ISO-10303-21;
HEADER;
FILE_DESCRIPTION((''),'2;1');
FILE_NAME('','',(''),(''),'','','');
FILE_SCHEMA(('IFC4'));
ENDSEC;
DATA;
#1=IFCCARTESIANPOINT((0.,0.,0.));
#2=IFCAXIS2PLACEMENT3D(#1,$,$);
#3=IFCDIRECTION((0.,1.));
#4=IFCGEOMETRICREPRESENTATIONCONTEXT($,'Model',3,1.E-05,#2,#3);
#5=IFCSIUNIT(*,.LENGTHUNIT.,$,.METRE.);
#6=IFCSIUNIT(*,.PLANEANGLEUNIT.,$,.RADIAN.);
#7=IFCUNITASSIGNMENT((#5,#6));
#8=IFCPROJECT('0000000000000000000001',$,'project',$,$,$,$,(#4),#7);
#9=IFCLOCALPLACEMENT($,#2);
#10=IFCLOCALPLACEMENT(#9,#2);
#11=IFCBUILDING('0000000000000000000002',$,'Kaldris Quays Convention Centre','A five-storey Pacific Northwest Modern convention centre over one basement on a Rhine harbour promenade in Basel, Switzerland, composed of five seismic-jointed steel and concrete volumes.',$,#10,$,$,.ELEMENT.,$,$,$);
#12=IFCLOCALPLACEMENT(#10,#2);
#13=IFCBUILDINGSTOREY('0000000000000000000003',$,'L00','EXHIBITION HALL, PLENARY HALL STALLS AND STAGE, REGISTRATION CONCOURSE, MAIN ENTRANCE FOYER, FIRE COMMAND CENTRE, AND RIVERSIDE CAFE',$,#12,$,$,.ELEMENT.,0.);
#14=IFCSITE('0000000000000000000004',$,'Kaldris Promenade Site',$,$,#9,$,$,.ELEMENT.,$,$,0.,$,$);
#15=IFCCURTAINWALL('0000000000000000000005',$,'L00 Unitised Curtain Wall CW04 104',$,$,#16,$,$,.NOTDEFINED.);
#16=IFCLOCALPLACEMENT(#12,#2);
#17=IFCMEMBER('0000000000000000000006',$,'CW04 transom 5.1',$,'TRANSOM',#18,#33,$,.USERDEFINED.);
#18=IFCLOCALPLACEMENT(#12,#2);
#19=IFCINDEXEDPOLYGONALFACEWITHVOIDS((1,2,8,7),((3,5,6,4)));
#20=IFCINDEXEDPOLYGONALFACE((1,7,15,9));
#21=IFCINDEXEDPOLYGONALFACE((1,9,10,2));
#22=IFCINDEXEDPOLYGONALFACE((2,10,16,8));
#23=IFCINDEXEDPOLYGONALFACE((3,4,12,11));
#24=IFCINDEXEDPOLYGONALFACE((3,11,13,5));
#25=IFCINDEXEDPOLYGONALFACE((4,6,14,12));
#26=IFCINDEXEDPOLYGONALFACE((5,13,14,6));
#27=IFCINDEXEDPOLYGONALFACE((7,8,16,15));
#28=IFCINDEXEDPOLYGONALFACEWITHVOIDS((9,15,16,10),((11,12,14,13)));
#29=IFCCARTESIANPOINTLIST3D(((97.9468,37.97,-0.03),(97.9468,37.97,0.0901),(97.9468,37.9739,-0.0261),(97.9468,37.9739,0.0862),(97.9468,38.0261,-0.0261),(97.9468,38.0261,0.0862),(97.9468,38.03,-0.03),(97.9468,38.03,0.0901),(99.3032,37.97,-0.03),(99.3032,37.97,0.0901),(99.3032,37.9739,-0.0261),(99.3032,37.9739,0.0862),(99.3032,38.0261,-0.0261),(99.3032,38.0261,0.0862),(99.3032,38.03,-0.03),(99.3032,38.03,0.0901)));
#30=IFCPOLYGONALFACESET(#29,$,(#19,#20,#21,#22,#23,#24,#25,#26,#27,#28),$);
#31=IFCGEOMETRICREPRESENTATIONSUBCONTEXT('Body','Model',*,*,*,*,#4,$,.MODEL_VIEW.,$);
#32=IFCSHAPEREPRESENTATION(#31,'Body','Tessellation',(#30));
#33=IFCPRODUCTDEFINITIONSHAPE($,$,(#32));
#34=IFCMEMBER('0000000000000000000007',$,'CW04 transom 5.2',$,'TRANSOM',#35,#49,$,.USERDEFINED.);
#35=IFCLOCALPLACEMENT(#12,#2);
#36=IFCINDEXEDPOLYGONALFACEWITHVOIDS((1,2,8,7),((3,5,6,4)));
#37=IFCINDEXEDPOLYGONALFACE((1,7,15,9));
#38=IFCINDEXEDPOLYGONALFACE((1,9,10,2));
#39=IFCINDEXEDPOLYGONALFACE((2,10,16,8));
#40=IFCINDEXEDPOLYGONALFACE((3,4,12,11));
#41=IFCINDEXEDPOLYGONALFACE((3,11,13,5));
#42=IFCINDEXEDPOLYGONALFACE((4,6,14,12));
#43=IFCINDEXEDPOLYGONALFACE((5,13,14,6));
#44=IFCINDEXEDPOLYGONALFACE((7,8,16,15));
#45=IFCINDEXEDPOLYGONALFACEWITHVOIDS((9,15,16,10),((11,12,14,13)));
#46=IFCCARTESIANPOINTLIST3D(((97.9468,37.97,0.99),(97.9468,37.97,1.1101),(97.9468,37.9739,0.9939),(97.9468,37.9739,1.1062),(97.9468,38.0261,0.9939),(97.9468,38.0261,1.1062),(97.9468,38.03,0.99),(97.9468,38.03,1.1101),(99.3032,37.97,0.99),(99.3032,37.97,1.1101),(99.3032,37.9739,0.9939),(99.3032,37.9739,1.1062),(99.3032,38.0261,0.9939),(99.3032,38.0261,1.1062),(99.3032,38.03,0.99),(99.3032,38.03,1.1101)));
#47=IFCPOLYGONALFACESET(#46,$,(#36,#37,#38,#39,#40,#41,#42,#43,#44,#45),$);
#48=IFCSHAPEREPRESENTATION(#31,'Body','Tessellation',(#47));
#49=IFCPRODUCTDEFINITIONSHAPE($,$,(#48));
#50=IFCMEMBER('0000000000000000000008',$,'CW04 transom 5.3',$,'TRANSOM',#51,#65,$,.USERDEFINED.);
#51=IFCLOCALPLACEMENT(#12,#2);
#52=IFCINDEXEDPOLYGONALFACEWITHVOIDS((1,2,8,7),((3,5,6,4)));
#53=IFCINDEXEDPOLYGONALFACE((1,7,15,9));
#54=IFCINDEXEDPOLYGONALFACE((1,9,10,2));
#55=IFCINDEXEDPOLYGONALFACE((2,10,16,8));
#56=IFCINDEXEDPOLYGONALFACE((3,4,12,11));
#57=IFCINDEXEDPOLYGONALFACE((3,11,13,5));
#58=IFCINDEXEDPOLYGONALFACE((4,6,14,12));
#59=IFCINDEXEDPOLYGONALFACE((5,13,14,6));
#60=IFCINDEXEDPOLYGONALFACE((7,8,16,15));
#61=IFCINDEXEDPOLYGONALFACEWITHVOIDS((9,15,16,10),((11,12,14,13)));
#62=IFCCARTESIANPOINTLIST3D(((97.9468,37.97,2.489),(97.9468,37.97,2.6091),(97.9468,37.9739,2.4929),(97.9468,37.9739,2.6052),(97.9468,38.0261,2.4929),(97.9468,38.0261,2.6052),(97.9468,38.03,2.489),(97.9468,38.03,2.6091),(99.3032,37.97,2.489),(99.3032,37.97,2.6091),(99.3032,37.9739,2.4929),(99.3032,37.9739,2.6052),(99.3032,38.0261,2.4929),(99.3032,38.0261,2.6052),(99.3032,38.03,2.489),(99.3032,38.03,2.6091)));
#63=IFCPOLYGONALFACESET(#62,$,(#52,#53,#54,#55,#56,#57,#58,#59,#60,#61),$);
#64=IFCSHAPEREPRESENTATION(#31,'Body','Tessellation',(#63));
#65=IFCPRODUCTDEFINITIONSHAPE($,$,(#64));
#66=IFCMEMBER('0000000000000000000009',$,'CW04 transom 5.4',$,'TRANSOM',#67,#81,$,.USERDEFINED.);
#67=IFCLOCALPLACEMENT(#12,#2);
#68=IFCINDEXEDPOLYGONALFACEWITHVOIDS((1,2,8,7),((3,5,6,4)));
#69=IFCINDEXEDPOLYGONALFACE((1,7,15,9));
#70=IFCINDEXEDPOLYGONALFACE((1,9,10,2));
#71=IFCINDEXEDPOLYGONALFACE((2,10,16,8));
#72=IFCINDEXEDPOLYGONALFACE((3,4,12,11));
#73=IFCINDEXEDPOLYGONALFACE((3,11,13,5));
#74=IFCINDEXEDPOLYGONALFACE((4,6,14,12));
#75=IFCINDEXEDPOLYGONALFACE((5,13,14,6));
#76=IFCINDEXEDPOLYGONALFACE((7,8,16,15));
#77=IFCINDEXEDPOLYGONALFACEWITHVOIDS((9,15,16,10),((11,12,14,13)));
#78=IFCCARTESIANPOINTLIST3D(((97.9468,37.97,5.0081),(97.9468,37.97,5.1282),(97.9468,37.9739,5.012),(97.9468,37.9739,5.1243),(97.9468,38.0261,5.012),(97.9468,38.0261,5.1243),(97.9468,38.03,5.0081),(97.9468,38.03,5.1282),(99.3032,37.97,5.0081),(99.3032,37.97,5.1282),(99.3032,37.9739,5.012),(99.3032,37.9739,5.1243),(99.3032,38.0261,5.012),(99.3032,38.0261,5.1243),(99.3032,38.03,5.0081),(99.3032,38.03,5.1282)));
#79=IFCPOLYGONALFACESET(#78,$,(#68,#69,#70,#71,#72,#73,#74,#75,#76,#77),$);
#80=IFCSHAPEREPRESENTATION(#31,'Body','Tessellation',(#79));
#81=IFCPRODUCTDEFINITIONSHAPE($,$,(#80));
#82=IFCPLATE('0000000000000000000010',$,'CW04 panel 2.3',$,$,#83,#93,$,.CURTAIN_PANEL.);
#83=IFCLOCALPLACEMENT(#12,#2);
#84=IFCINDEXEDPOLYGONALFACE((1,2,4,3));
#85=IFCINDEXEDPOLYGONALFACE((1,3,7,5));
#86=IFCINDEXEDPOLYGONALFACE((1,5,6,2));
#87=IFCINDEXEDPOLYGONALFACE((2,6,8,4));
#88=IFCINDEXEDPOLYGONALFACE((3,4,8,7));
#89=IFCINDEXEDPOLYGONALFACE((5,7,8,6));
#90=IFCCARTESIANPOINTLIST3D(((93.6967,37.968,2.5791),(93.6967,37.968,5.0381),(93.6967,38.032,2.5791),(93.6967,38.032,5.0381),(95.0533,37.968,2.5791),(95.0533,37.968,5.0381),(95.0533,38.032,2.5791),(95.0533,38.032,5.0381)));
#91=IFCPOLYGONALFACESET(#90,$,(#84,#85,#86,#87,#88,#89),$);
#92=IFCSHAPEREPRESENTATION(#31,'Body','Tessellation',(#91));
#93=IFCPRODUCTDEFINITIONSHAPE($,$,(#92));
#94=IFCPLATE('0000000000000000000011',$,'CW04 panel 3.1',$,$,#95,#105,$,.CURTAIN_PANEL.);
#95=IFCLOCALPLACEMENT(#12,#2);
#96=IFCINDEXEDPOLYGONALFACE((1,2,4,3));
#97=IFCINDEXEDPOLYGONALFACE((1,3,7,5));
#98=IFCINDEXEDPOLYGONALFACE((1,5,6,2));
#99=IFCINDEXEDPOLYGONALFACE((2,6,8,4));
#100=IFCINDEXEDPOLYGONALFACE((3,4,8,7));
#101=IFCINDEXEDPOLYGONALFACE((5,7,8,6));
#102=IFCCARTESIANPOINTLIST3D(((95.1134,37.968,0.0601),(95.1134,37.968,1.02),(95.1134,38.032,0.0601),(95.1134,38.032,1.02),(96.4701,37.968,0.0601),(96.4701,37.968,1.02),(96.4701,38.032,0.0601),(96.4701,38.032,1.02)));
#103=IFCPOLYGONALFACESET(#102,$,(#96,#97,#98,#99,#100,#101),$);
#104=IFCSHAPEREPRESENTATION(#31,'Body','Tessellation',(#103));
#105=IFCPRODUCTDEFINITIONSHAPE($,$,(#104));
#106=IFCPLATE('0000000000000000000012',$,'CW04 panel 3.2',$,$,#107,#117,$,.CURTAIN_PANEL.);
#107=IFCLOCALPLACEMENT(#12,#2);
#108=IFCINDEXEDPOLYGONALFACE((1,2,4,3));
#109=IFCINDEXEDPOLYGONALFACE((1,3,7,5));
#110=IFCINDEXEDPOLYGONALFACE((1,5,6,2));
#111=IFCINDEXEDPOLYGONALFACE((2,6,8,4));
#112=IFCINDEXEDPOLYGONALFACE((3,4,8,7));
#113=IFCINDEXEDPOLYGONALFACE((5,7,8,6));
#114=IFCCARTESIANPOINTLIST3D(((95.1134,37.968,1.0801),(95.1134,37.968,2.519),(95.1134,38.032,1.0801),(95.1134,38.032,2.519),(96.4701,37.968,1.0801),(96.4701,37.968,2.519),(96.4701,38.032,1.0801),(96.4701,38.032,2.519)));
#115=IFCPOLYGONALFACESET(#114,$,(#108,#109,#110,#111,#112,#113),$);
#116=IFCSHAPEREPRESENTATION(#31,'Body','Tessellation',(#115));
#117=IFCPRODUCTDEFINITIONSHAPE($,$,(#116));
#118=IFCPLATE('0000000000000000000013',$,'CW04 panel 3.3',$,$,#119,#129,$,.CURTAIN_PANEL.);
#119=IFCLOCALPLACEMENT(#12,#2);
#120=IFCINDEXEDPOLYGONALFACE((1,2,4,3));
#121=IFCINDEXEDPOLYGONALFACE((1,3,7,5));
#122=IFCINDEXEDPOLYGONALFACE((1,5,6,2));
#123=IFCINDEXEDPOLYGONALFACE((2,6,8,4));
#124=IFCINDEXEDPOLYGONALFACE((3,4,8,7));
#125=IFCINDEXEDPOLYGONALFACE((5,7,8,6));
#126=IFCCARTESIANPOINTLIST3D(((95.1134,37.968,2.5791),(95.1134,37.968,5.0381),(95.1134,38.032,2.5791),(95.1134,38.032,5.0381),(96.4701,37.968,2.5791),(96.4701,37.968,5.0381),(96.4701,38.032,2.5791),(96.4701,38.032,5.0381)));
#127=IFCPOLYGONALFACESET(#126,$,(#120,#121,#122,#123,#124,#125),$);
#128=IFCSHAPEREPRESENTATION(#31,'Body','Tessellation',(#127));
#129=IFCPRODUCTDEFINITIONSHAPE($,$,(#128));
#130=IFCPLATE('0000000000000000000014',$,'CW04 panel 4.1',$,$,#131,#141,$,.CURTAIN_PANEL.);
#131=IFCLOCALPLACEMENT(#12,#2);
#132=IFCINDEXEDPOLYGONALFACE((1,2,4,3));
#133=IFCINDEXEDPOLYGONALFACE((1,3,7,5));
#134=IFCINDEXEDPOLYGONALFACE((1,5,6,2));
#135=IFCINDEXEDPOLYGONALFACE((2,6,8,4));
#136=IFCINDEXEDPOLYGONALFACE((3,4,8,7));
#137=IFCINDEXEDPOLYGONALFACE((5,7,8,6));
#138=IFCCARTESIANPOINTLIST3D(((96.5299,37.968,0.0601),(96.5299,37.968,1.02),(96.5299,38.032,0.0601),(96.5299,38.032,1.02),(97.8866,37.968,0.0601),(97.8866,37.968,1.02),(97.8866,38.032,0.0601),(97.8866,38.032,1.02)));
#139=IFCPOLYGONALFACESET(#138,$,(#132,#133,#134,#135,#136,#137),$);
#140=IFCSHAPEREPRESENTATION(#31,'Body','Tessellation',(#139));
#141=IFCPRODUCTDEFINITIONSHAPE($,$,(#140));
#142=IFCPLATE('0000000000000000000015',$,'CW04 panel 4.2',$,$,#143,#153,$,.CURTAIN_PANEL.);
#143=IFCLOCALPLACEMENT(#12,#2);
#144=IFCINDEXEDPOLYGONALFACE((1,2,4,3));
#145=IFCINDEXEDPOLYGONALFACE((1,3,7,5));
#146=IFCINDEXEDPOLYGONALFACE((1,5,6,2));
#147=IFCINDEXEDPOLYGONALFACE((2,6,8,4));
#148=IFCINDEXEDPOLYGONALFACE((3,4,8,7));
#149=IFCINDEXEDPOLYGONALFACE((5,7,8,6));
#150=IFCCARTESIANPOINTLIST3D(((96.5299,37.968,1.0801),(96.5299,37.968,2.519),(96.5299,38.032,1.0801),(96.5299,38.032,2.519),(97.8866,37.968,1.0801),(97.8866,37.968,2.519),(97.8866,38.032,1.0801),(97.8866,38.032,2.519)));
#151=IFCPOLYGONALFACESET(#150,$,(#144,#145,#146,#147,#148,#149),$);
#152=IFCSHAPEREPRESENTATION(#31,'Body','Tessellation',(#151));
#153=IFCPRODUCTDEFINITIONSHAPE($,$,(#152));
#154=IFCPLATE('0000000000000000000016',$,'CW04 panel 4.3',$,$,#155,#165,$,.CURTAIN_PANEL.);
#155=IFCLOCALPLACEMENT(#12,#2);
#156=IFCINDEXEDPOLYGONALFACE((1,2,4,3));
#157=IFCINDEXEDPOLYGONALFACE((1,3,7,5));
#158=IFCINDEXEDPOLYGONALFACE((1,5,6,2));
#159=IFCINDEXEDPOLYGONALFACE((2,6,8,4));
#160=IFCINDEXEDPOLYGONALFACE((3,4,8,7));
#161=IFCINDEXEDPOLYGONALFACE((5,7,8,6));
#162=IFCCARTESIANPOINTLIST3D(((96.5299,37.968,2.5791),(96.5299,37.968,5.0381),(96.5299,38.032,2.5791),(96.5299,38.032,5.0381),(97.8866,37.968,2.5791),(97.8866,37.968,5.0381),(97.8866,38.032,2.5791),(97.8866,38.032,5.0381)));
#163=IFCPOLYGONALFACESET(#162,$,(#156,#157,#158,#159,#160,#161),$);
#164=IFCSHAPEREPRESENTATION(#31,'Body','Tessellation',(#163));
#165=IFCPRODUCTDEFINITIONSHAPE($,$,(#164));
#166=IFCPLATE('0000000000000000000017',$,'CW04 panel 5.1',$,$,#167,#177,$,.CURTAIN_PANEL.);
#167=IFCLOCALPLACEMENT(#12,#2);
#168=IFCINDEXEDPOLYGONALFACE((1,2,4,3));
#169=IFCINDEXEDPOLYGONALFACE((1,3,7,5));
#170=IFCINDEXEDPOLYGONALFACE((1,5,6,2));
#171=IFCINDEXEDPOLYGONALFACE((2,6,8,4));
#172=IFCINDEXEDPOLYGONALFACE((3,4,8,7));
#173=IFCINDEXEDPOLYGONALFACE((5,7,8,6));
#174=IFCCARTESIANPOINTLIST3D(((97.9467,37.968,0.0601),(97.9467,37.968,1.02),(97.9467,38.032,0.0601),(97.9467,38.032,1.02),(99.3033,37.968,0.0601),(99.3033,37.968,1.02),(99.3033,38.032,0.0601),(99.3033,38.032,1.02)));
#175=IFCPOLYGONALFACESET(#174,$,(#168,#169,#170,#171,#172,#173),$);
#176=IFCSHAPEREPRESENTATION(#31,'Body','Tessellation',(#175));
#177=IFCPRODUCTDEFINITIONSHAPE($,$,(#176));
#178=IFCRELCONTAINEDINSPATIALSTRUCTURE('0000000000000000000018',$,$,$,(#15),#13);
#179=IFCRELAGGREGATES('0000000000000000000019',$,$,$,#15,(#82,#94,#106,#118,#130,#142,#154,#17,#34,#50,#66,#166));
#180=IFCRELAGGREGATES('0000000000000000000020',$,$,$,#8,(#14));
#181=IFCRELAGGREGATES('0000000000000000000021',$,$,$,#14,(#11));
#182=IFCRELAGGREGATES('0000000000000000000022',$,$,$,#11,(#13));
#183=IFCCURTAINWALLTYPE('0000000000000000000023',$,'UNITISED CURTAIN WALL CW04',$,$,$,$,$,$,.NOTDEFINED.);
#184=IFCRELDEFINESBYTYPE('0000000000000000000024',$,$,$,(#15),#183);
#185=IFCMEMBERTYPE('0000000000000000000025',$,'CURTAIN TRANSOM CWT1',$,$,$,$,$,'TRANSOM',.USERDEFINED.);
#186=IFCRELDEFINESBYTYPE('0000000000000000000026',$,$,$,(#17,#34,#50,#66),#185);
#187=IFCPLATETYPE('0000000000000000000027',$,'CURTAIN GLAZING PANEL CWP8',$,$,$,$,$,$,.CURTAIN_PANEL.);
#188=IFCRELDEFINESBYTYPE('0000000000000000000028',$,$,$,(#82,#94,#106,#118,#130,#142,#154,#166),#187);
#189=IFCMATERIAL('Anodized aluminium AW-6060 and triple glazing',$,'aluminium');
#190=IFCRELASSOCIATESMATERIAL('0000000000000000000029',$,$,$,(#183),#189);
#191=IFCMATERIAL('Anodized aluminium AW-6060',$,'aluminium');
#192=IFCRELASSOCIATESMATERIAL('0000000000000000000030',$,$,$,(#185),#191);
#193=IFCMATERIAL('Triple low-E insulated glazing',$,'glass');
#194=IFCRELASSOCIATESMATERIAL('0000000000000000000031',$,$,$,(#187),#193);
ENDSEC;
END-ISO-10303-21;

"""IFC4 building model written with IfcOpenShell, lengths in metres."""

from ifc_helpers import new_model, si_unit, direction, frame, origin, origin_2d, place, context, subcontext, project, spatial, rectangle, hollow_rectangle, extrude, material, material_profile, profile_set, type_object, element, aggregate, save


model = new_model("IFC4")

# Units and contexts
model_context = context("Model", 3, precision=1e-05, world=origin(), true_north=direction((0.0, 1.0)))
body_context = subcontext(model_context, "Body", "Model", "MODEL_VIEW")
ifc_project = project(units=[si_unit("LENGTHUNIT", "METRE"), si_unit("PLANEANGLEUNIT", "RADIAN")], contexts=[model_context])

# Site, building, storey
site_placement = place(None, origin())
site = spatial("IfcSite", under=ifc_project, at=site_placement, Name="Kaldris Promenade Site", CompositionType="ELEMENT", RefElevation=0.0)
building_placement = place(site_placement, origin())
building = spatial("IfcBuilding", under=site, at=building_placement, Name="Kaldris Quays Convention Centre", Description="A five-storey Pacific Northwest Modern convention centre over one basement on a Rhine harbour promenade in Basel, Switzerland, composed of five seismic-jointed steel and concrete volumes.", CompositionType="ELEMENT")
storey_placement = place(building_placement, origin())
storey = spatial("IfcBuildingStorey", under=building, at=storey_placement, Name="L00", Description="EXHIBITION HALL, PLENARY HALL STALLS AND STAGE, REGISTRATION CONCOURSE, MAIN ENTRANCE FOYER, FIRE COMMAND CENTRE, AND RIVERSIDE CAFE", CompositionType="ELEMENT", Elevation=0.0)

# Curtain wall, members, plates
ifc_material_1 = material(Name="Anodized aluminium AW-6060 and triple glazing", Category="aluminium")
curtain_wall_type = type_object("IfcCurtainWallType", Name="UNITISED CURTAIN WALL CW04", PredefinedType="NOTDEFINED", material=ifc_material_1)
curtain_wall_placement = place(storey_placement, origin())
curtain_wall = element("IfcCurtainWall", 1, at=curtain_wall_placement, inside=storey, type_object=curtain_wall_type, Name="L00 Unitised Curtain Wall CW04 104", PredefinedType="NOTDEFINED")
ifc_material_2 = material(Name="Anodized aluminium AW-6060", Category="aluminium")
ifc_material_profile_1 = material_profile(ifc_material_2, hollow_rectangle(XDim=0.0601, YDim=0.1201, WallThickness=0.0039, at=origin_2d()), Name="RHS 120x60x4")
ifc_profile_set_1 = profile_set([ifc_material_profile_1], Name="Anodized aluminium AW-6060")
member_type_1 = type_object("IfcMemberType", Name="CURTAIN TRANSOM CWT1", ElementType="TRANSOM", PredefinedType="USERDEFINED", material=ifc_profile_set_1)
member_1_placement = place(storey_placement, frame((97.9468, 38.0, 0.03), z_axis=(1.0, 0.0, 0.0), x_axis=(0.0, 1.0, 0.0)))
member_1 = element("IfcMember", 2, at=member_1_placement, type_object=member_type_1, Name="CW04 transom 5.1", ObjectType="TRANSOM", PredefinedType="USERDEFINED", context=body_context, shape_type="SweptSolid", body=[
    extrude(hollow_rectangle(XDim=0.0601, YDim=0.1201, WallThickness=0.0039, at=origin_2d()), origin(), (0.0, 0.0, 1.0), 1.3564),
])
member_2_placement = place(storey_placement, frame((97.9468, 38.0, 1.05), z_axis=(1.0, 0.0, 0.0), x_axis=(0.0, 1.0, 0.0)))
member_2 = element("IfcMember", 3, at=member_2_placement, type_object=member_type_1, Name="CW04 transom 5.2", ObjectType="TRANSOM", PredefinedType="USERDEFINED", context=body_context, shape_type="SweptSolid", body=[
    extrude(hollow_rectangle(XDim=0.0601, YDim=0.1201, WallThickness=0.0039, at=origin_2d()), origin(), (0.0, 0.0, 1.0), 1.3564),
])
member_3_placement = place(storey_placement, frame((97.9468, 38.0, 2.5491), z_axis=(1.0, 0.0, 0.0), x_axis=(0.0, 1.0, 0.0)))
member_3 = element("IfcMember", 4, at=member_3_placement, type_object=member_type_1, Name="CW04 transom 5.3", ObjectType="TRANSOM", PredefinedType="USERDEFINED", context=body_context, shape_type="SweptSolid", body=[
    extrude(hollow_rectangle(XDim=0.0601, YDim=0.1201, WallThickness=0.0039, at=origin_2d()), origin(), (0.0, 0.0, 1.0), 1.3564),
])
member_4_placement = place(storey_placement, frame((97.9468, 38.0, 5.0681), z_axis=(1.0, 0.0, 0.0), x_axis=(0.0, 1.0, 0.0)))
member_4 = element("IfcMember", 5, at=member_4_placement, type_object=member_type_1, Name="CW04 transom 5.4", ObjectType="TRANSOM", PredefinedType="USERDEFINED", context=body_context, shape_type="SweptSolid", body=[
    extrude(hollow_rectangle(XDim=0.0601, YDim=0.1201, WallThickness=0.0039, at=origin_2d()), origin(), (0.0, 0.0, 1.0), 1.3564),
])
ifc_material_3 = material(Name="Triple low-E insulated glazing", Category="glass")
plate_type = type_object("IfcPlateType", Name="CURTAIN GLAZING PANEL CWP8", PredefinedType="CURTAIN_PANEL", material=ifc_material_3)
plate_1_placement = place(storey_placement, frame((94.375, 38.0, 2.5791), z_axis=(0.0, 0.0, 1.0), x_axis=(1.0, 0.0, 0.0)))
plate_1 = element("IfcPlate", 6, at=plate_1_placement, type_object=plate_type, Name="CW04 panel 2.3", PredefinedType="CURTAIN_PANEL", context=body_context, shape_type="SweptSolid", body=[
    extrude(rectangle(XDim=1.3567, YDim=0.064, at=origin_2d()), origin(), (0.0, 0.0, 1.0), 2.459),
])
plate_2_placement = place(storey_placement, frame((95.7917, 38.0, 0.0601), z_axis=(0.0, 0.0, 1.0), x_axis=(1.0, 0.0, 0.0)))
plate_2 = element("IfcPlate", 7, at=plate_2_placement, type_object=plate_type, Name="CW04 panel 3.1", PredefinedType="CURTAIN_PANEL", context=body_context, shape_type="SweptSolid", body=[
    extrude(rectangle(XDim=1.3567, YDim=0.064, at=origin_2d()), origin(), (0.0, 0.0, 1.0), 0.96),
])
plate_3_placement = place(storey_placement, frame((95.7917, 38.0, 1.0801), z_axis=(0.0, 0.0, 1.0), x_axis=(1.0, 0.0, 0.0)))
plate_3 = element("IfcPlate", 8, at=plate_3_placement, type_object=plate_type, Name="CW04 panel 3.2", PredefinedType="CURTAIN_PANEL", context=body_context, shape_type="SweptSolid", body=[
    extrude(rectangle(XDim=1.3567, YDim=0.064, at=origin_2d()), origin(), (0.0, 0.0, 1.0), 1.439),
])
plate_4_placement = place(storey_placement, frame((95.7917, 38.0, 2.5791), z_axis=(0.0, 0.0, 1.0), x_axis=(1.0, 0.0, 0.0)))
plate_4 = element("IfcPlate", 9, at=plate_4_placement, type_object=plate_type, Name="CW04 panel 3.3", PredefinedType="CURTAIN_PANEL", context=body_context, shape_type="SweptSolid", body=[
    extrude(rectangle(XDim=1.3567, YDim=0.064, at=origin_2d()), origin(), (0.0, 0.0, 1.0), 2.459),
])
plate_5_placement = place(storey_placement, frame((97.2083, 38.0, 0.0601), z_axis=(0.0, 0.0, 1.0), x_axis=(1.0, 0.0, 0.0)))
plate_5 = element("IfcPlate", 10, at=plate_5_placement, type_object=plate_type, Name="CW04 panel 4.1", PredefinedType="CURTAIN_PANEL", context=body_context, shape_type="SweptSolid", body=[
    extrude(rectangle(XDim=1.3567, YDim=0.064, at=origin_2d()), origin(), (0.0, 0.0, 1.0), 0.96),
])
plate_6_placement = place(storey_placement, frame((97.2083, 38.0, 1.0801), z_axis=(0.0, 0.0, 1.0), x_axis=(1.0, 0.0, 0.0)))
plate_6 = element("IfcPlate", 11, at=plate_6_placement, type_object=plate_type, Name="CW04 panel 4.2", PredefinedType="CURTAIN_PANEL", context=body_context, shape_type="SweptSolid", body=[
    extrude(rectangle(XDim=1.3567, YDim=0.064, at=origin_2d()), origin(), (0.0, 0.0, 1.0), 1.439),
])
plate_7_placement = place(storey_placement, frame((97.2083, 38.0, 2.5791), z_axis=(0.0, 0.0, 1.0), x_axis=(1.0, 0.0, 0.0)))
plate_7 = element("IfcPlate", 12, at=plate_7_placement, type_object=plate_type, Name="CW04 panel 4.3", PredefinedType="CURTAIN_PANEL", context=body_context, shape_type="SweptSolid", body=[
    extrude(rectangle(XDim=1.3567, YDim=0.064, at=origin_2d()), origin(), (0.0, 0.0, 1.0), 2.459),
])
plate_8_placement = place(storey_placement, frame((98.625, 38.0, 0.0601), z_axis=(0.0, 0.0, 1.0), x_axis=(1.0, 0.0, 0.0)))
plate_8 = element("IfcPlate", 13, at=plate_8_placement, type_object=plate_type, Name="CW04 panel 5.1", PredefinedType="CURTAIN_PANEL", context=body_context, shape_type="SweptSolid", body=[
    extrude(rectangle(XDim=1.3567, YDim=0.064, at=origin_2d()), origin(), (0.0, 0.0, 1.0), 0.96),
])
aggregate(curtain_wall, [plate_1, plate_2, plate_3, plate_4, plate_5, plate_6, plate_7, member_1, member_2, member_3, member_4, plate_8])

save(model, "model.ifc")
